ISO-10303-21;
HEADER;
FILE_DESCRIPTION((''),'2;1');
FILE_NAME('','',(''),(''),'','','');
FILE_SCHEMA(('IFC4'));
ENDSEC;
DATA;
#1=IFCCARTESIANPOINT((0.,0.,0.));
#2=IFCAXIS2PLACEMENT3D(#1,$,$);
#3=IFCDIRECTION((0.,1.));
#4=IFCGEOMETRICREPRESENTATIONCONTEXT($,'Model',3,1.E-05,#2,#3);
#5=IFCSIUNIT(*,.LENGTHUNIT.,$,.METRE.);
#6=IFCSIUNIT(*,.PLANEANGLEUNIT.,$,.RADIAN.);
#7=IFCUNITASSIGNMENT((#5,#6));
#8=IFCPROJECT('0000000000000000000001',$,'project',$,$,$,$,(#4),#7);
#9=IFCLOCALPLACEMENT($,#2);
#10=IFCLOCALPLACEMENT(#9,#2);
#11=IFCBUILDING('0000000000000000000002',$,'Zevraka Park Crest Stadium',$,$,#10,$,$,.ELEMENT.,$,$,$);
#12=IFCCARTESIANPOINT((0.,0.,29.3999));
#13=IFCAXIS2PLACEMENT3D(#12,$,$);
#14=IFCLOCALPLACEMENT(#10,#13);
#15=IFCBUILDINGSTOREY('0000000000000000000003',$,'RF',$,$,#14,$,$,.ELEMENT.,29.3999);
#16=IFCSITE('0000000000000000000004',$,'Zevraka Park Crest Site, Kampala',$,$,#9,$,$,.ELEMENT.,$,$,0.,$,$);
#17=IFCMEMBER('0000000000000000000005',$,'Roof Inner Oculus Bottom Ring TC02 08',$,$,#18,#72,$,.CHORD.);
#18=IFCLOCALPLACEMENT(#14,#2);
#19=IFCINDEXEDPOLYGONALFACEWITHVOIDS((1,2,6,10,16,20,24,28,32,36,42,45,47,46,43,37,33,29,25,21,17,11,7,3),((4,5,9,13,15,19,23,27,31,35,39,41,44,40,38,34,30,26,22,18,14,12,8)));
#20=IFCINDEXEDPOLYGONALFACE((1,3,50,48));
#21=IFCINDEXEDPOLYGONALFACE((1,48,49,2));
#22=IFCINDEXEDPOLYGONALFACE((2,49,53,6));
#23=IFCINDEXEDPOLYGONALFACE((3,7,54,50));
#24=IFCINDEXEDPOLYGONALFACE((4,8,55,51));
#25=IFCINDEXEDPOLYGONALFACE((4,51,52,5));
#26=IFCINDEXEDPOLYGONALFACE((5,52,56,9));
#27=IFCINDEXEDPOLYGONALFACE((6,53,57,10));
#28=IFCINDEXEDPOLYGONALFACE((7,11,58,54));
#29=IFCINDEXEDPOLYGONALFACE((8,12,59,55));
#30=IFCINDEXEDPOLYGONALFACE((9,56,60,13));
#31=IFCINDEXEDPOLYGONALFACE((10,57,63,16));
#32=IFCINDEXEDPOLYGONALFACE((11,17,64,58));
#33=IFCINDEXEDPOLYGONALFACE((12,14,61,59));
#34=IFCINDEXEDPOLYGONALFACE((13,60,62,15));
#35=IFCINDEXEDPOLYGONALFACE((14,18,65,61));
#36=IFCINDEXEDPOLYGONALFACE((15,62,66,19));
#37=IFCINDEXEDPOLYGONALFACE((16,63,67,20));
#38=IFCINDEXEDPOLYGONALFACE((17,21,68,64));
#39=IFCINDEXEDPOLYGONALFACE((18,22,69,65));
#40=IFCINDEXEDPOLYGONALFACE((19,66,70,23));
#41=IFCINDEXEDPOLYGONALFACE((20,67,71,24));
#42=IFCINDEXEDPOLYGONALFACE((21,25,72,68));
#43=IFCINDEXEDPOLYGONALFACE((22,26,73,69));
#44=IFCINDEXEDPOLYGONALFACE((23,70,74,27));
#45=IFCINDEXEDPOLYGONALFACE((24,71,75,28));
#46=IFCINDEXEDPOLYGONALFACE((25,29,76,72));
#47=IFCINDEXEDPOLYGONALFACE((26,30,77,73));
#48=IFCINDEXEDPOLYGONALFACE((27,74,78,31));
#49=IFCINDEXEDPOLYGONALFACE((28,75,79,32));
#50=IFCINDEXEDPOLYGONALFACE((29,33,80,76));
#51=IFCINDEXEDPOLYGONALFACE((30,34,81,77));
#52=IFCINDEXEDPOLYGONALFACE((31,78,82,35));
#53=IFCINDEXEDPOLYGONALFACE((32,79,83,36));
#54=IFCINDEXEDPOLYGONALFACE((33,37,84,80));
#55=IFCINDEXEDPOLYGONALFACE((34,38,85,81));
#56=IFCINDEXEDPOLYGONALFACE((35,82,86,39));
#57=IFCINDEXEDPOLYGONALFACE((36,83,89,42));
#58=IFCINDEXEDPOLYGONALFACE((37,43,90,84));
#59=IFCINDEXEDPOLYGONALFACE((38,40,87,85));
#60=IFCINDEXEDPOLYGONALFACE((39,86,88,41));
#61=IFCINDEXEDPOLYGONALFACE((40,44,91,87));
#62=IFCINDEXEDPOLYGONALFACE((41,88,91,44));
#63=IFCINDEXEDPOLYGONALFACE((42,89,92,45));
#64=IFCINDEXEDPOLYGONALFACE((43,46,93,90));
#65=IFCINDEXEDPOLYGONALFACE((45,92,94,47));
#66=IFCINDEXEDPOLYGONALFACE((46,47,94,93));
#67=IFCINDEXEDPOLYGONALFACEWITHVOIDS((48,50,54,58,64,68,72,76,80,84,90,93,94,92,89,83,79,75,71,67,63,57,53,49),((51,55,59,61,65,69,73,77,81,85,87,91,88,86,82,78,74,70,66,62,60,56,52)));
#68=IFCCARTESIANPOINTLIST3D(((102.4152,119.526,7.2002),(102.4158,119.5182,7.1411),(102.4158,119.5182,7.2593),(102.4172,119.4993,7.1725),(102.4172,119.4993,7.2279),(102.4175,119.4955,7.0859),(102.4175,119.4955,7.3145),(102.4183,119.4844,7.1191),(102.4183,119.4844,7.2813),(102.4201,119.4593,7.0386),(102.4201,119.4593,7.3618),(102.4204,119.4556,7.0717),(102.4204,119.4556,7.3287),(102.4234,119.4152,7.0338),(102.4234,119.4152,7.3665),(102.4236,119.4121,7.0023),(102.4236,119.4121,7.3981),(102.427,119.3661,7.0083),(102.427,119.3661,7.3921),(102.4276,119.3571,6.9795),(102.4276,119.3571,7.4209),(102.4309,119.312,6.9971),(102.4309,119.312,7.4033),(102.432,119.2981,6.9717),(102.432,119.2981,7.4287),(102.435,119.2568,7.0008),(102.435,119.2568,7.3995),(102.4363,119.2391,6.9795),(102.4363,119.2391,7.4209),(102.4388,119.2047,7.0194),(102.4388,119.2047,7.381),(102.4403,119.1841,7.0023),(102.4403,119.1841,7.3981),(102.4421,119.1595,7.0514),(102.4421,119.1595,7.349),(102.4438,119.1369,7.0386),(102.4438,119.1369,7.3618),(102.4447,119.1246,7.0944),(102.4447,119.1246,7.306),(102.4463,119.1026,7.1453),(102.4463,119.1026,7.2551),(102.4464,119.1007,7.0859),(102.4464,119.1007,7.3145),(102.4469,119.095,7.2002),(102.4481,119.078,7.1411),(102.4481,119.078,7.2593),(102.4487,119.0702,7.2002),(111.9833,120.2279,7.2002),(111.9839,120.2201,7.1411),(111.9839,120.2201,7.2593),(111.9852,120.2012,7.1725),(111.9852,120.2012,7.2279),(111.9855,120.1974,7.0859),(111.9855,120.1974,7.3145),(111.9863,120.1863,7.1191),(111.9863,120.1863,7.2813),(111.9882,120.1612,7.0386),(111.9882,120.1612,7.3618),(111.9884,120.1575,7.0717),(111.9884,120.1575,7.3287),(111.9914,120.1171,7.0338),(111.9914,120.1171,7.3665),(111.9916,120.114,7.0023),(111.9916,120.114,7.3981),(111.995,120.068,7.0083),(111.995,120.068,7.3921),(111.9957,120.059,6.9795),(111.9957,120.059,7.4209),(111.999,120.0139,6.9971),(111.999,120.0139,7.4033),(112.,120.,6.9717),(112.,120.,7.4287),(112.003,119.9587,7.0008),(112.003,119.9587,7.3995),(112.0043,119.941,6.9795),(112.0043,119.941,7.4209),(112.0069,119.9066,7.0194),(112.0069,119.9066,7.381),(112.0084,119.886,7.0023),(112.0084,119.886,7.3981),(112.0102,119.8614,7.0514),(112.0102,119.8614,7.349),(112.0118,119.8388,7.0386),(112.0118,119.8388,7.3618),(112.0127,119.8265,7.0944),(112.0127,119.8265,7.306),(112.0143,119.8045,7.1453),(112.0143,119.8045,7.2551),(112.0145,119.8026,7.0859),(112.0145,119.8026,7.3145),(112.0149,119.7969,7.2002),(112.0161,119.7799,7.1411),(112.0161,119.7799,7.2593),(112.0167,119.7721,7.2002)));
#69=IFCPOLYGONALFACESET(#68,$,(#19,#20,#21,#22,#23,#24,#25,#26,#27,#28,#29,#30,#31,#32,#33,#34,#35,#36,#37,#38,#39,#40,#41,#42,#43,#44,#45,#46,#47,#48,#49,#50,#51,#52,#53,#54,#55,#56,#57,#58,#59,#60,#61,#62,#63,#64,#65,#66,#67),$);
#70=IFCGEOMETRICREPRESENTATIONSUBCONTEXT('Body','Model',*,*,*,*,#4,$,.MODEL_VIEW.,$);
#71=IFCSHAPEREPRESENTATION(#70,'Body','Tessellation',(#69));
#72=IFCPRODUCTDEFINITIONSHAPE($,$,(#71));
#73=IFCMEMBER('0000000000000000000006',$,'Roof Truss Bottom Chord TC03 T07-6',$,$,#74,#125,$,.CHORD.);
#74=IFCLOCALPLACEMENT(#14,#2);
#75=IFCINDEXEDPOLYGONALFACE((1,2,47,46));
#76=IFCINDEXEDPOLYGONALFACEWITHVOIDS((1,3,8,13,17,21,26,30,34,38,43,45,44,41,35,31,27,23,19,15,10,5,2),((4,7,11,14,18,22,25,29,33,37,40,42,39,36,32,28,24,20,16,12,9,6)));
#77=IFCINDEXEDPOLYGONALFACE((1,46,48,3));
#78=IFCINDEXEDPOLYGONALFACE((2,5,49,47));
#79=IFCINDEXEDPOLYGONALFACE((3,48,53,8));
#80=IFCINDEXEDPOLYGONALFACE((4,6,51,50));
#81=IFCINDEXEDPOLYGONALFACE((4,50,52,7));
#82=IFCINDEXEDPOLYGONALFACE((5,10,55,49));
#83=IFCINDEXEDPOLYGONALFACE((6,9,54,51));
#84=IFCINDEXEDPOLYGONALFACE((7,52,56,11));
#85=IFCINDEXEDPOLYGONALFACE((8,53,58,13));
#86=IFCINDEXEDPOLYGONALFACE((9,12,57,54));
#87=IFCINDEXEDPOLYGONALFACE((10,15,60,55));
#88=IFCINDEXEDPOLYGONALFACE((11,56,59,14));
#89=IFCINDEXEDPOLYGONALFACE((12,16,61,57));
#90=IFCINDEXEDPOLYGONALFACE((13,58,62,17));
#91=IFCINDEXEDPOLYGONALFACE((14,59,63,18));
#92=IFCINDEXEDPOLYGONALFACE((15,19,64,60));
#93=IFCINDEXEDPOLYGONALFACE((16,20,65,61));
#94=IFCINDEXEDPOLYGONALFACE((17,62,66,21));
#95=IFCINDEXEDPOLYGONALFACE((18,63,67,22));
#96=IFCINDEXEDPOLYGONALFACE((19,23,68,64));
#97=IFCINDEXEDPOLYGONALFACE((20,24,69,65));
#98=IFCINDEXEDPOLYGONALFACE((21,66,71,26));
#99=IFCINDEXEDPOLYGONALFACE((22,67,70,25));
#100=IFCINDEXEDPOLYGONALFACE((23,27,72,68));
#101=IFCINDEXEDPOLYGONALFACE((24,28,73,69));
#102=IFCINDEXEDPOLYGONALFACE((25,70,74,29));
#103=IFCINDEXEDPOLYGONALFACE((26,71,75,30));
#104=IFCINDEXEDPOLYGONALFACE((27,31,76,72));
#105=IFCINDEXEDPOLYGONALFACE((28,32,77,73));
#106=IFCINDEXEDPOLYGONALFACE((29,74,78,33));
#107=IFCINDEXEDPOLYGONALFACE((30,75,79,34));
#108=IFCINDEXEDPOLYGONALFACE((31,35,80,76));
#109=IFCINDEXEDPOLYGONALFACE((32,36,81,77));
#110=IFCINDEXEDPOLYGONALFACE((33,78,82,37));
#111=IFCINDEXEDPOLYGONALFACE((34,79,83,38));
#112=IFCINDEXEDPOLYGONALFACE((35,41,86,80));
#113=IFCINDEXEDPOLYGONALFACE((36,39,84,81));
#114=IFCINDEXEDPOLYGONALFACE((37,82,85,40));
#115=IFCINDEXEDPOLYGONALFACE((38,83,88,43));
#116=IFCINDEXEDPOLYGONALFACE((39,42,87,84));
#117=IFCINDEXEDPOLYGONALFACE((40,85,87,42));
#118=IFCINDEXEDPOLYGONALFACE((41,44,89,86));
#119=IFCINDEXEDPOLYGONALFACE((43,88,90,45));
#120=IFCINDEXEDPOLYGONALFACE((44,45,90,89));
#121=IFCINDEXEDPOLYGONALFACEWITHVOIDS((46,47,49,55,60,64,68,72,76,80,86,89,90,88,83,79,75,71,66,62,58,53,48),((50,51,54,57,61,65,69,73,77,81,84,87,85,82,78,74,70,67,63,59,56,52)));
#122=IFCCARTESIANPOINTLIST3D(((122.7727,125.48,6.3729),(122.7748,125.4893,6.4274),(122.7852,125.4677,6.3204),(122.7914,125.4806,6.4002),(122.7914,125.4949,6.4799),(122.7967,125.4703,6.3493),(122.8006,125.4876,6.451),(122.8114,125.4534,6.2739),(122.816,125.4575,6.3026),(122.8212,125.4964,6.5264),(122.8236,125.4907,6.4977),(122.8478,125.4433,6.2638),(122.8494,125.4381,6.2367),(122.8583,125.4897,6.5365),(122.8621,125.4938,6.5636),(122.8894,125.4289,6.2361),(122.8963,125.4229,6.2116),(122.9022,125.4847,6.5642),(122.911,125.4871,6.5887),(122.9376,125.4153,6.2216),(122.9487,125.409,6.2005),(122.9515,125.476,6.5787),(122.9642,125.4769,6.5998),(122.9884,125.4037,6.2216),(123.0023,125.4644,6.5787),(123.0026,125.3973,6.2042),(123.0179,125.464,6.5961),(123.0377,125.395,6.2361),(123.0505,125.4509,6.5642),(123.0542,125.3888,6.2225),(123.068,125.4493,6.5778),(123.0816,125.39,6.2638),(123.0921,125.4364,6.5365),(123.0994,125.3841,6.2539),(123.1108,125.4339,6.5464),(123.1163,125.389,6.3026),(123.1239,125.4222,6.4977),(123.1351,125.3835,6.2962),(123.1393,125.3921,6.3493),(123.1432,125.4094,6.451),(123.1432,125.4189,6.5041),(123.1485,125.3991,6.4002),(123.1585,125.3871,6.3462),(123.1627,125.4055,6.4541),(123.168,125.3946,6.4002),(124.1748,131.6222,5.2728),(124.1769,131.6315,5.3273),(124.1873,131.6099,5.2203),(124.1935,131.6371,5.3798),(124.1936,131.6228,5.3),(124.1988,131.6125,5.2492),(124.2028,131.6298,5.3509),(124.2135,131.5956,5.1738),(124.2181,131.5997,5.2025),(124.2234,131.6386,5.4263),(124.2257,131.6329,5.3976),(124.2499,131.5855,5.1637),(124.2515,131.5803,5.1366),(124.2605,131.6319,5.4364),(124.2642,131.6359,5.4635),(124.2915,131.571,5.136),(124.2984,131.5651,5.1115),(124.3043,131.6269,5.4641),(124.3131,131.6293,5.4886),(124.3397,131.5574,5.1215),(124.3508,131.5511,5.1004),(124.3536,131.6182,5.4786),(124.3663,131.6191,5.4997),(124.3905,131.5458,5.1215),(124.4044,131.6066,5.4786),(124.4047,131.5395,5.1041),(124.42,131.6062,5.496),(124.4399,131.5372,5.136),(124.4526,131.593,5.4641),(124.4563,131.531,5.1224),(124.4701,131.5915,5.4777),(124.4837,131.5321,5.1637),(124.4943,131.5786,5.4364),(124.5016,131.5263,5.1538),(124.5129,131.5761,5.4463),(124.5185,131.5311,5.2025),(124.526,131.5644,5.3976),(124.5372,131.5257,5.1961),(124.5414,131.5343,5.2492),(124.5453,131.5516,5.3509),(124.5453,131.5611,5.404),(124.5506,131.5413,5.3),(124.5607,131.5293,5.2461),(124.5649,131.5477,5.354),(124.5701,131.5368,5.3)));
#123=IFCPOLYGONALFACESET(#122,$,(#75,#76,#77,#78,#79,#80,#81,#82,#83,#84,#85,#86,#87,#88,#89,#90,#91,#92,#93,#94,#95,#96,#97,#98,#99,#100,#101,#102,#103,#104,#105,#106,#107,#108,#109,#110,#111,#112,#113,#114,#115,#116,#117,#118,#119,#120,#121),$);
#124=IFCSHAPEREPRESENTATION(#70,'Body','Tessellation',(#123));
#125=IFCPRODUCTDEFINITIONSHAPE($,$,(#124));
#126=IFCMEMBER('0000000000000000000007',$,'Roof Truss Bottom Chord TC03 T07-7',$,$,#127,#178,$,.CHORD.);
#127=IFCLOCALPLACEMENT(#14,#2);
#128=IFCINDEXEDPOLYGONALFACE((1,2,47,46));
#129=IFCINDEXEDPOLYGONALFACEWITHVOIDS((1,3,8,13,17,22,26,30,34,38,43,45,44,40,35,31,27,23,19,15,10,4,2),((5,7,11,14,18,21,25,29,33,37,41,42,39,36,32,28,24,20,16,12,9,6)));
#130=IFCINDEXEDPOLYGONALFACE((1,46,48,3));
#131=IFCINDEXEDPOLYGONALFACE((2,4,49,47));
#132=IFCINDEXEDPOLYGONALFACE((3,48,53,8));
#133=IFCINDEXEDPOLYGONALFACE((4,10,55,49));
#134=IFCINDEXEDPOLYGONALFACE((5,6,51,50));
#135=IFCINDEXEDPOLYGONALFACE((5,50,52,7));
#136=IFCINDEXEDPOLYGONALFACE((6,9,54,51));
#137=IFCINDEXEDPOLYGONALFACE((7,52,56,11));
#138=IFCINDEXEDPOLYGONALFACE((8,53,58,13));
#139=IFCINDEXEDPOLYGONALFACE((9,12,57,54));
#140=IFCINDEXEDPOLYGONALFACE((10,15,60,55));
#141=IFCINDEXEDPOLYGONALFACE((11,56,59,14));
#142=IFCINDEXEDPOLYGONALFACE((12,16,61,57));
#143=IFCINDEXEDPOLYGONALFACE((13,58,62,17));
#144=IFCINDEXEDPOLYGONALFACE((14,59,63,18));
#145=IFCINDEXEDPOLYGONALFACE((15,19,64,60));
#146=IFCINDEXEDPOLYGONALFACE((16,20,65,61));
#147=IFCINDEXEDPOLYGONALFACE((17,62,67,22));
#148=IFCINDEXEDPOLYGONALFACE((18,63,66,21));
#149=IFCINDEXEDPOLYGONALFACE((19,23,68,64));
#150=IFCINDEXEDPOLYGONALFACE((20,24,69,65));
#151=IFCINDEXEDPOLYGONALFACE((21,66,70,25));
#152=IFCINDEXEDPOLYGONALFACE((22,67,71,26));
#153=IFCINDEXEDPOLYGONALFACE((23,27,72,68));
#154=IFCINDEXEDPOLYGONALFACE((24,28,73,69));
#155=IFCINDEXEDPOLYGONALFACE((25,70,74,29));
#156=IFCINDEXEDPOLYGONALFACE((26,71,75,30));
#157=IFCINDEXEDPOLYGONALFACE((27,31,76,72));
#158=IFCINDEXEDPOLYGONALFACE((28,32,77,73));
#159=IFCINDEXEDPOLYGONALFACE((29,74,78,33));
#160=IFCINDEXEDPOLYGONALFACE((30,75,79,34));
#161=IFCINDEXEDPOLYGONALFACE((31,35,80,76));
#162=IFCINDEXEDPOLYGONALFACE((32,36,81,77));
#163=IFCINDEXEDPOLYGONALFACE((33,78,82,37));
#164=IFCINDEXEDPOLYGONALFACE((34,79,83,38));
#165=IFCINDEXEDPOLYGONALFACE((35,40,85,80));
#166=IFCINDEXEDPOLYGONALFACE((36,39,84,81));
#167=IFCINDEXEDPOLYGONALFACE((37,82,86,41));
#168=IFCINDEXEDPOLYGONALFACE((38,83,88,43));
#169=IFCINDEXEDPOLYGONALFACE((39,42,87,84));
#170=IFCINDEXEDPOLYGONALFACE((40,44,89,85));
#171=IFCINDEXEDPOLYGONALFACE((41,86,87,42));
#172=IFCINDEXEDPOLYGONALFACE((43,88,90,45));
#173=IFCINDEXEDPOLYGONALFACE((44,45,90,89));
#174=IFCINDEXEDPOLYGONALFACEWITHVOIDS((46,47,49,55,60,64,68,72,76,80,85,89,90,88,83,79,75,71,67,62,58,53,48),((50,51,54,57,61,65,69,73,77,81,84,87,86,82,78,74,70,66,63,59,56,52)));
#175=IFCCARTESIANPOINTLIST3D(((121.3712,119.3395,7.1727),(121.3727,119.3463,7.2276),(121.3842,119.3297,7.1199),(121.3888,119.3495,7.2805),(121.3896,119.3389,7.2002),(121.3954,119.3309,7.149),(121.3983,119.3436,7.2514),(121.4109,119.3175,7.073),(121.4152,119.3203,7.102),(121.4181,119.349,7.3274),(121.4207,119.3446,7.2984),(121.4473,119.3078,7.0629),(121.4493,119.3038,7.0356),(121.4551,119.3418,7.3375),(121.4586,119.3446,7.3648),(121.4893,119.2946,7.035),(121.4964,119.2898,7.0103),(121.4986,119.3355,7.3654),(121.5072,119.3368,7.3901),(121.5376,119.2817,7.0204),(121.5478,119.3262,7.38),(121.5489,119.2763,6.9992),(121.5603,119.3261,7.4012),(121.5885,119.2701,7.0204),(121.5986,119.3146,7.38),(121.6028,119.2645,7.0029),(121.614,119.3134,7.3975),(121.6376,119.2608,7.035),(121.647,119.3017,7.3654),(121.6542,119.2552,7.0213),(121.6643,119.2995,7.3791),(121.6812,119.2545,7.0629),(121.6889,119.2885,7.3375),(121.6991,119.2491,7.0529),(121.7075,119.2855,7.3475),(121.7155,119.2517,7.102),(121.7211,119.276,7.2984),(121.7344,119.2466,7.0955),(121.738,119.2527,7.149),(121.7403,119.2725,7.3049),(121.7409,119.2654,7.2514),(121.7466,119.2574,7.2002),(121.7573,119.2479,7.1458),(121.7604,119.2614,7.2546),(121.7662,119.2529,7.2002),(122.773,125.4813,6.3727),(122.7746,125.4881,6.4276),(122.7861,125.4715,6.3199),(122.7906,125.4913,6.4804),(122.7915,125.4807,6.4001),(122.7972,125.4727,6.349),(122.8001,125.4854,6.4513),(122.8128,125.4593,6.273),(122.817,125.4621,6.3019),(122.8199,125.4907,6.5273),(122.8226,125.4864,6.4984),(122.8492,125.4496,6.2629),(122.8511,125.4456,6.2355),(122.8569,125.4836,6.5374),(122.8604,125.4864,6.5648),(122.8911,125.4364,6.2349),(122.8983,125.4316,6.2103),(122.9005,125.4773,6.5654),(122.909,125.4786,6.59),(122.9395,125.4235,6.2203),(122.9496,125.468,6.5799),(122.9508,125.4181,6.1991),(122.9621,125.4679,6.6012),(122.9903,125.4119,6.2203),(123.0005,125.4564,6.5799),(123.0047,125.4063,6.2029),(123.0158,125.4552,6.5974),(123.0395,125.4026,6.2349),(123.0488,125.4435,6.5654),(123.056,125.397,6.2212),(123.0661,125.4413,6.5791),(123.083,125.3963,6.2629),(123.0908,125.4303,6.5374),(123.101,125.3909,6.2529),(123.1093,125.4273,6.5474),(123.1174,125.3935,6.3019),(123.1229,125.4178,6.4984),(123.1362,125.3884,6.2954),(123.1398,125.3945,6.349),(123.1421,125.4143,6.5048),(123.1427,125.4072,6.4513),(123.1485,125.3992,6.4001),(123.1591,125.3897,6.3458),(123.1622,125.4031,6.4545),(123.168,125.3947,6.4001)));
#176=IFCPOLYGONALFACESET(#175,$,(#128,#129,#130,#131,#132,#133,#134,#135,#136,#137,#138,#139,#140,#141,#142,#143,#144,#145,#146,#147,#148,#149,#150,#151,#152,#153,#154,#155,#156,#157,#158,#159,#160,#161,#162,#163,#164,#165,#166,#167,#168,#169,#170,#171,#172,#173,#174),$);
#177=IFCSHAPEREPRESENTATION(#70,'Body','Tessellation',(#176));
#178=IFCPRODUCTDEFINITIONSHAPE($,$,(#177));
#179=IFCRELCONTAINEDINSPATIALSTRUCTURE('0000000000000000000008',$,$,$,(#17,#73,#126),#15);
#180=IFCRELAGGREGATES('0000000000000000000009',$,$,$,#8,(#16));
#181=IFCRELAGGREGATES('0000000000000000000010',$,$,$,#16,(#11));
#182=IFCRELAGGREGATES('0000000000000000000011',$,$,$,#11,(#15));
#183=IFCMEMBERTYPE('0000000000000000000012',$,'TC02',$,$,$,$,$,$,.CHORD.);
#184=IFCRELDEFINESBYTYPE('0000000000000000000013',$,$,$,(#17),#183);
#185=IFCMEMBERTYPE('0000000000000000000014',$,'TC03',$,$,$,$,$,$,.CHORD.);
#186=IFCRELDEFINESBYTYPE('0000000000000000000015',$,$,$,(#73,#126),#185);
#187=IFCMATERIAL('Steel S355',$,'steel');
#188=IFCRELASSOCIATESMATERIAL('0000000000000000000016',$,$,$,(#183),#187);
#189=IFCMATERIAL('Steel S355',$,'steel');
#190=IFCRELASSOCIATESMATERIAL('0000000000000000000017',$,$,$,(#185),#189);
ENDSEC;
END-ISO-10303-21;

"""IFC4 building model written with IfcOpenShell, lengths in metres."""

from ifc_helpers import new_model, si_unit, direction, frame, origin, origin_2d, place, context, subcontext, project, spatial, hollow_circle, extrude, material, material_profile, profile_set, type_object, element, save


model = new_model("IFC4")

# Units and contexts
model_context = context("Model", 3, precision=1e-05, world=origin(), true_north=direction((0.0, 1.0)))
body_context = subcontext(model_context, "Body", "Model", "MODEL_VIEW")
ifc_project = project(units=[si_unit("LENGTHUNIT", "METRE"), si_unit("PLANEANGLEUNIT", "RADIAN")], contexts=[model_context])

# Site, building, storey
site_placement = place(None, origin())
site = spatial("IfcSite", under=ifc_project, at=site_placement, Name="Zevraka Park Crest Site, Kampala", CompositionType="ELEMENT", RefElevation=0.0)
building_placement = place(site_placement, origin())
building = spatial("IfcBuilding", under=site, at=building_placement, Name="Zevraka Park Crest Stadium", CompositionType="ELEMENT")
storey_placement = place(building_placement, frame((0.0, 0.0, 29.3999)))
storey = spatial("IfcBuildingStorey", under=building, at=storey_placement, Name="RF", CompositionType="ELEMENT", Elevation=29.3999)

# Members
ifc_material_1 = material(Name="Steel S355", Category="steel")
ifc_material_profile_1 = material_profile(ifc_material_1, hollow_circle(Radius=0.2285, WallThickness=0.0249, at=origin_2d()), Name="CHS 457.0x25")
ifc_profile_set_1 = profile_set([ifc_material_profile_1], Name="Steel S355")
member_type_1 = type_object("IfcMemberType", Name="TC02", PredefinedType="CHORD", material=ifc_profile_set_1)
for number, where, z_axis, x_axis, name in (
    (1, (112.0, 120.0, 7.2002), (-0.99732, -0.073162, 0.0), (0.073162, -0.99732, 0.0), "Roof Inner Oculus Bottom Ring TC02 08"),
):
    element("IfcMember", number, at=place(storey_placement, frame(where, z_axis=z_axis, x_axis=x_axis)), inside=storey, type_object=member_type_1, Name=name, PredefinedType="CHORD", context=body_context, shape_type="SweptSolid", body=[
        extrude(hollow_circle(Radius=0.2285, WallThickness=0.0249, at=origin_2d()), origin(), (0.0, 0.0, 1.0), 9.5938),
    ])
ifc_material_2 = material(Name="Steel S355", Category="steel")
ifc_material_profile_2 = material_profile(ifc_material_2, hollow_circle(Radius=0.2031, WallThickness=0.02, at=origin_2d()), Name="CHS 406.4x20")
ifc_profile_set_2 = profile_set([ifc_material_profile_2], Name="Steel S355")
member_type_2 = type_object("IfcMemberType", Name="TC03", PredefinedType="CHORD", material=ifc_profile_set_2)
member_1_placement = place(storey_placement, frame((124.3721, 131.582, 5.3), z_axis=(-0.219235, -0.960389, 0.172013), x_axis=(0.974921, -0.222552, 0.0)))
element("IfcMember", 2, at=member_1_placement, inside=storey, type_object=member_type_2, Name="Roof Truss Bottom Chord TC03 T07-6", PredefinedType="CHORD", context=body_context, shape_type="SweptSolid", body=[
    extrude(hollow_circle(Radius=0.2031, WallThickness=0.02, at=origin_2d()), origin(), (0.0, 0.0, 1.0), 6.3955),
])
member_2_placement = place(storey_placement, frame((122.97, 125.4399, 6.4001), z_axis=(-0.220751, -0.967159, 0.125984), x_axis=(0.974927, -0.222524, 0.0)))
element("IfcMember", 3, at=member_2_placement, inside=storey, type_object=member_type_2, Name="Roof Truss Bottom Chord TC03 T07-7", PredefinedType="CHORD", context=body_context, shape_type="SweptSolid", body=[
    extrude(hollow_circle(Radius=0.2031, WallThickness=0.02, at=origin_2d()), origin(), (0.0, 0.0, 1.0), 6.3503),
])

save(model, "model.ifc")
